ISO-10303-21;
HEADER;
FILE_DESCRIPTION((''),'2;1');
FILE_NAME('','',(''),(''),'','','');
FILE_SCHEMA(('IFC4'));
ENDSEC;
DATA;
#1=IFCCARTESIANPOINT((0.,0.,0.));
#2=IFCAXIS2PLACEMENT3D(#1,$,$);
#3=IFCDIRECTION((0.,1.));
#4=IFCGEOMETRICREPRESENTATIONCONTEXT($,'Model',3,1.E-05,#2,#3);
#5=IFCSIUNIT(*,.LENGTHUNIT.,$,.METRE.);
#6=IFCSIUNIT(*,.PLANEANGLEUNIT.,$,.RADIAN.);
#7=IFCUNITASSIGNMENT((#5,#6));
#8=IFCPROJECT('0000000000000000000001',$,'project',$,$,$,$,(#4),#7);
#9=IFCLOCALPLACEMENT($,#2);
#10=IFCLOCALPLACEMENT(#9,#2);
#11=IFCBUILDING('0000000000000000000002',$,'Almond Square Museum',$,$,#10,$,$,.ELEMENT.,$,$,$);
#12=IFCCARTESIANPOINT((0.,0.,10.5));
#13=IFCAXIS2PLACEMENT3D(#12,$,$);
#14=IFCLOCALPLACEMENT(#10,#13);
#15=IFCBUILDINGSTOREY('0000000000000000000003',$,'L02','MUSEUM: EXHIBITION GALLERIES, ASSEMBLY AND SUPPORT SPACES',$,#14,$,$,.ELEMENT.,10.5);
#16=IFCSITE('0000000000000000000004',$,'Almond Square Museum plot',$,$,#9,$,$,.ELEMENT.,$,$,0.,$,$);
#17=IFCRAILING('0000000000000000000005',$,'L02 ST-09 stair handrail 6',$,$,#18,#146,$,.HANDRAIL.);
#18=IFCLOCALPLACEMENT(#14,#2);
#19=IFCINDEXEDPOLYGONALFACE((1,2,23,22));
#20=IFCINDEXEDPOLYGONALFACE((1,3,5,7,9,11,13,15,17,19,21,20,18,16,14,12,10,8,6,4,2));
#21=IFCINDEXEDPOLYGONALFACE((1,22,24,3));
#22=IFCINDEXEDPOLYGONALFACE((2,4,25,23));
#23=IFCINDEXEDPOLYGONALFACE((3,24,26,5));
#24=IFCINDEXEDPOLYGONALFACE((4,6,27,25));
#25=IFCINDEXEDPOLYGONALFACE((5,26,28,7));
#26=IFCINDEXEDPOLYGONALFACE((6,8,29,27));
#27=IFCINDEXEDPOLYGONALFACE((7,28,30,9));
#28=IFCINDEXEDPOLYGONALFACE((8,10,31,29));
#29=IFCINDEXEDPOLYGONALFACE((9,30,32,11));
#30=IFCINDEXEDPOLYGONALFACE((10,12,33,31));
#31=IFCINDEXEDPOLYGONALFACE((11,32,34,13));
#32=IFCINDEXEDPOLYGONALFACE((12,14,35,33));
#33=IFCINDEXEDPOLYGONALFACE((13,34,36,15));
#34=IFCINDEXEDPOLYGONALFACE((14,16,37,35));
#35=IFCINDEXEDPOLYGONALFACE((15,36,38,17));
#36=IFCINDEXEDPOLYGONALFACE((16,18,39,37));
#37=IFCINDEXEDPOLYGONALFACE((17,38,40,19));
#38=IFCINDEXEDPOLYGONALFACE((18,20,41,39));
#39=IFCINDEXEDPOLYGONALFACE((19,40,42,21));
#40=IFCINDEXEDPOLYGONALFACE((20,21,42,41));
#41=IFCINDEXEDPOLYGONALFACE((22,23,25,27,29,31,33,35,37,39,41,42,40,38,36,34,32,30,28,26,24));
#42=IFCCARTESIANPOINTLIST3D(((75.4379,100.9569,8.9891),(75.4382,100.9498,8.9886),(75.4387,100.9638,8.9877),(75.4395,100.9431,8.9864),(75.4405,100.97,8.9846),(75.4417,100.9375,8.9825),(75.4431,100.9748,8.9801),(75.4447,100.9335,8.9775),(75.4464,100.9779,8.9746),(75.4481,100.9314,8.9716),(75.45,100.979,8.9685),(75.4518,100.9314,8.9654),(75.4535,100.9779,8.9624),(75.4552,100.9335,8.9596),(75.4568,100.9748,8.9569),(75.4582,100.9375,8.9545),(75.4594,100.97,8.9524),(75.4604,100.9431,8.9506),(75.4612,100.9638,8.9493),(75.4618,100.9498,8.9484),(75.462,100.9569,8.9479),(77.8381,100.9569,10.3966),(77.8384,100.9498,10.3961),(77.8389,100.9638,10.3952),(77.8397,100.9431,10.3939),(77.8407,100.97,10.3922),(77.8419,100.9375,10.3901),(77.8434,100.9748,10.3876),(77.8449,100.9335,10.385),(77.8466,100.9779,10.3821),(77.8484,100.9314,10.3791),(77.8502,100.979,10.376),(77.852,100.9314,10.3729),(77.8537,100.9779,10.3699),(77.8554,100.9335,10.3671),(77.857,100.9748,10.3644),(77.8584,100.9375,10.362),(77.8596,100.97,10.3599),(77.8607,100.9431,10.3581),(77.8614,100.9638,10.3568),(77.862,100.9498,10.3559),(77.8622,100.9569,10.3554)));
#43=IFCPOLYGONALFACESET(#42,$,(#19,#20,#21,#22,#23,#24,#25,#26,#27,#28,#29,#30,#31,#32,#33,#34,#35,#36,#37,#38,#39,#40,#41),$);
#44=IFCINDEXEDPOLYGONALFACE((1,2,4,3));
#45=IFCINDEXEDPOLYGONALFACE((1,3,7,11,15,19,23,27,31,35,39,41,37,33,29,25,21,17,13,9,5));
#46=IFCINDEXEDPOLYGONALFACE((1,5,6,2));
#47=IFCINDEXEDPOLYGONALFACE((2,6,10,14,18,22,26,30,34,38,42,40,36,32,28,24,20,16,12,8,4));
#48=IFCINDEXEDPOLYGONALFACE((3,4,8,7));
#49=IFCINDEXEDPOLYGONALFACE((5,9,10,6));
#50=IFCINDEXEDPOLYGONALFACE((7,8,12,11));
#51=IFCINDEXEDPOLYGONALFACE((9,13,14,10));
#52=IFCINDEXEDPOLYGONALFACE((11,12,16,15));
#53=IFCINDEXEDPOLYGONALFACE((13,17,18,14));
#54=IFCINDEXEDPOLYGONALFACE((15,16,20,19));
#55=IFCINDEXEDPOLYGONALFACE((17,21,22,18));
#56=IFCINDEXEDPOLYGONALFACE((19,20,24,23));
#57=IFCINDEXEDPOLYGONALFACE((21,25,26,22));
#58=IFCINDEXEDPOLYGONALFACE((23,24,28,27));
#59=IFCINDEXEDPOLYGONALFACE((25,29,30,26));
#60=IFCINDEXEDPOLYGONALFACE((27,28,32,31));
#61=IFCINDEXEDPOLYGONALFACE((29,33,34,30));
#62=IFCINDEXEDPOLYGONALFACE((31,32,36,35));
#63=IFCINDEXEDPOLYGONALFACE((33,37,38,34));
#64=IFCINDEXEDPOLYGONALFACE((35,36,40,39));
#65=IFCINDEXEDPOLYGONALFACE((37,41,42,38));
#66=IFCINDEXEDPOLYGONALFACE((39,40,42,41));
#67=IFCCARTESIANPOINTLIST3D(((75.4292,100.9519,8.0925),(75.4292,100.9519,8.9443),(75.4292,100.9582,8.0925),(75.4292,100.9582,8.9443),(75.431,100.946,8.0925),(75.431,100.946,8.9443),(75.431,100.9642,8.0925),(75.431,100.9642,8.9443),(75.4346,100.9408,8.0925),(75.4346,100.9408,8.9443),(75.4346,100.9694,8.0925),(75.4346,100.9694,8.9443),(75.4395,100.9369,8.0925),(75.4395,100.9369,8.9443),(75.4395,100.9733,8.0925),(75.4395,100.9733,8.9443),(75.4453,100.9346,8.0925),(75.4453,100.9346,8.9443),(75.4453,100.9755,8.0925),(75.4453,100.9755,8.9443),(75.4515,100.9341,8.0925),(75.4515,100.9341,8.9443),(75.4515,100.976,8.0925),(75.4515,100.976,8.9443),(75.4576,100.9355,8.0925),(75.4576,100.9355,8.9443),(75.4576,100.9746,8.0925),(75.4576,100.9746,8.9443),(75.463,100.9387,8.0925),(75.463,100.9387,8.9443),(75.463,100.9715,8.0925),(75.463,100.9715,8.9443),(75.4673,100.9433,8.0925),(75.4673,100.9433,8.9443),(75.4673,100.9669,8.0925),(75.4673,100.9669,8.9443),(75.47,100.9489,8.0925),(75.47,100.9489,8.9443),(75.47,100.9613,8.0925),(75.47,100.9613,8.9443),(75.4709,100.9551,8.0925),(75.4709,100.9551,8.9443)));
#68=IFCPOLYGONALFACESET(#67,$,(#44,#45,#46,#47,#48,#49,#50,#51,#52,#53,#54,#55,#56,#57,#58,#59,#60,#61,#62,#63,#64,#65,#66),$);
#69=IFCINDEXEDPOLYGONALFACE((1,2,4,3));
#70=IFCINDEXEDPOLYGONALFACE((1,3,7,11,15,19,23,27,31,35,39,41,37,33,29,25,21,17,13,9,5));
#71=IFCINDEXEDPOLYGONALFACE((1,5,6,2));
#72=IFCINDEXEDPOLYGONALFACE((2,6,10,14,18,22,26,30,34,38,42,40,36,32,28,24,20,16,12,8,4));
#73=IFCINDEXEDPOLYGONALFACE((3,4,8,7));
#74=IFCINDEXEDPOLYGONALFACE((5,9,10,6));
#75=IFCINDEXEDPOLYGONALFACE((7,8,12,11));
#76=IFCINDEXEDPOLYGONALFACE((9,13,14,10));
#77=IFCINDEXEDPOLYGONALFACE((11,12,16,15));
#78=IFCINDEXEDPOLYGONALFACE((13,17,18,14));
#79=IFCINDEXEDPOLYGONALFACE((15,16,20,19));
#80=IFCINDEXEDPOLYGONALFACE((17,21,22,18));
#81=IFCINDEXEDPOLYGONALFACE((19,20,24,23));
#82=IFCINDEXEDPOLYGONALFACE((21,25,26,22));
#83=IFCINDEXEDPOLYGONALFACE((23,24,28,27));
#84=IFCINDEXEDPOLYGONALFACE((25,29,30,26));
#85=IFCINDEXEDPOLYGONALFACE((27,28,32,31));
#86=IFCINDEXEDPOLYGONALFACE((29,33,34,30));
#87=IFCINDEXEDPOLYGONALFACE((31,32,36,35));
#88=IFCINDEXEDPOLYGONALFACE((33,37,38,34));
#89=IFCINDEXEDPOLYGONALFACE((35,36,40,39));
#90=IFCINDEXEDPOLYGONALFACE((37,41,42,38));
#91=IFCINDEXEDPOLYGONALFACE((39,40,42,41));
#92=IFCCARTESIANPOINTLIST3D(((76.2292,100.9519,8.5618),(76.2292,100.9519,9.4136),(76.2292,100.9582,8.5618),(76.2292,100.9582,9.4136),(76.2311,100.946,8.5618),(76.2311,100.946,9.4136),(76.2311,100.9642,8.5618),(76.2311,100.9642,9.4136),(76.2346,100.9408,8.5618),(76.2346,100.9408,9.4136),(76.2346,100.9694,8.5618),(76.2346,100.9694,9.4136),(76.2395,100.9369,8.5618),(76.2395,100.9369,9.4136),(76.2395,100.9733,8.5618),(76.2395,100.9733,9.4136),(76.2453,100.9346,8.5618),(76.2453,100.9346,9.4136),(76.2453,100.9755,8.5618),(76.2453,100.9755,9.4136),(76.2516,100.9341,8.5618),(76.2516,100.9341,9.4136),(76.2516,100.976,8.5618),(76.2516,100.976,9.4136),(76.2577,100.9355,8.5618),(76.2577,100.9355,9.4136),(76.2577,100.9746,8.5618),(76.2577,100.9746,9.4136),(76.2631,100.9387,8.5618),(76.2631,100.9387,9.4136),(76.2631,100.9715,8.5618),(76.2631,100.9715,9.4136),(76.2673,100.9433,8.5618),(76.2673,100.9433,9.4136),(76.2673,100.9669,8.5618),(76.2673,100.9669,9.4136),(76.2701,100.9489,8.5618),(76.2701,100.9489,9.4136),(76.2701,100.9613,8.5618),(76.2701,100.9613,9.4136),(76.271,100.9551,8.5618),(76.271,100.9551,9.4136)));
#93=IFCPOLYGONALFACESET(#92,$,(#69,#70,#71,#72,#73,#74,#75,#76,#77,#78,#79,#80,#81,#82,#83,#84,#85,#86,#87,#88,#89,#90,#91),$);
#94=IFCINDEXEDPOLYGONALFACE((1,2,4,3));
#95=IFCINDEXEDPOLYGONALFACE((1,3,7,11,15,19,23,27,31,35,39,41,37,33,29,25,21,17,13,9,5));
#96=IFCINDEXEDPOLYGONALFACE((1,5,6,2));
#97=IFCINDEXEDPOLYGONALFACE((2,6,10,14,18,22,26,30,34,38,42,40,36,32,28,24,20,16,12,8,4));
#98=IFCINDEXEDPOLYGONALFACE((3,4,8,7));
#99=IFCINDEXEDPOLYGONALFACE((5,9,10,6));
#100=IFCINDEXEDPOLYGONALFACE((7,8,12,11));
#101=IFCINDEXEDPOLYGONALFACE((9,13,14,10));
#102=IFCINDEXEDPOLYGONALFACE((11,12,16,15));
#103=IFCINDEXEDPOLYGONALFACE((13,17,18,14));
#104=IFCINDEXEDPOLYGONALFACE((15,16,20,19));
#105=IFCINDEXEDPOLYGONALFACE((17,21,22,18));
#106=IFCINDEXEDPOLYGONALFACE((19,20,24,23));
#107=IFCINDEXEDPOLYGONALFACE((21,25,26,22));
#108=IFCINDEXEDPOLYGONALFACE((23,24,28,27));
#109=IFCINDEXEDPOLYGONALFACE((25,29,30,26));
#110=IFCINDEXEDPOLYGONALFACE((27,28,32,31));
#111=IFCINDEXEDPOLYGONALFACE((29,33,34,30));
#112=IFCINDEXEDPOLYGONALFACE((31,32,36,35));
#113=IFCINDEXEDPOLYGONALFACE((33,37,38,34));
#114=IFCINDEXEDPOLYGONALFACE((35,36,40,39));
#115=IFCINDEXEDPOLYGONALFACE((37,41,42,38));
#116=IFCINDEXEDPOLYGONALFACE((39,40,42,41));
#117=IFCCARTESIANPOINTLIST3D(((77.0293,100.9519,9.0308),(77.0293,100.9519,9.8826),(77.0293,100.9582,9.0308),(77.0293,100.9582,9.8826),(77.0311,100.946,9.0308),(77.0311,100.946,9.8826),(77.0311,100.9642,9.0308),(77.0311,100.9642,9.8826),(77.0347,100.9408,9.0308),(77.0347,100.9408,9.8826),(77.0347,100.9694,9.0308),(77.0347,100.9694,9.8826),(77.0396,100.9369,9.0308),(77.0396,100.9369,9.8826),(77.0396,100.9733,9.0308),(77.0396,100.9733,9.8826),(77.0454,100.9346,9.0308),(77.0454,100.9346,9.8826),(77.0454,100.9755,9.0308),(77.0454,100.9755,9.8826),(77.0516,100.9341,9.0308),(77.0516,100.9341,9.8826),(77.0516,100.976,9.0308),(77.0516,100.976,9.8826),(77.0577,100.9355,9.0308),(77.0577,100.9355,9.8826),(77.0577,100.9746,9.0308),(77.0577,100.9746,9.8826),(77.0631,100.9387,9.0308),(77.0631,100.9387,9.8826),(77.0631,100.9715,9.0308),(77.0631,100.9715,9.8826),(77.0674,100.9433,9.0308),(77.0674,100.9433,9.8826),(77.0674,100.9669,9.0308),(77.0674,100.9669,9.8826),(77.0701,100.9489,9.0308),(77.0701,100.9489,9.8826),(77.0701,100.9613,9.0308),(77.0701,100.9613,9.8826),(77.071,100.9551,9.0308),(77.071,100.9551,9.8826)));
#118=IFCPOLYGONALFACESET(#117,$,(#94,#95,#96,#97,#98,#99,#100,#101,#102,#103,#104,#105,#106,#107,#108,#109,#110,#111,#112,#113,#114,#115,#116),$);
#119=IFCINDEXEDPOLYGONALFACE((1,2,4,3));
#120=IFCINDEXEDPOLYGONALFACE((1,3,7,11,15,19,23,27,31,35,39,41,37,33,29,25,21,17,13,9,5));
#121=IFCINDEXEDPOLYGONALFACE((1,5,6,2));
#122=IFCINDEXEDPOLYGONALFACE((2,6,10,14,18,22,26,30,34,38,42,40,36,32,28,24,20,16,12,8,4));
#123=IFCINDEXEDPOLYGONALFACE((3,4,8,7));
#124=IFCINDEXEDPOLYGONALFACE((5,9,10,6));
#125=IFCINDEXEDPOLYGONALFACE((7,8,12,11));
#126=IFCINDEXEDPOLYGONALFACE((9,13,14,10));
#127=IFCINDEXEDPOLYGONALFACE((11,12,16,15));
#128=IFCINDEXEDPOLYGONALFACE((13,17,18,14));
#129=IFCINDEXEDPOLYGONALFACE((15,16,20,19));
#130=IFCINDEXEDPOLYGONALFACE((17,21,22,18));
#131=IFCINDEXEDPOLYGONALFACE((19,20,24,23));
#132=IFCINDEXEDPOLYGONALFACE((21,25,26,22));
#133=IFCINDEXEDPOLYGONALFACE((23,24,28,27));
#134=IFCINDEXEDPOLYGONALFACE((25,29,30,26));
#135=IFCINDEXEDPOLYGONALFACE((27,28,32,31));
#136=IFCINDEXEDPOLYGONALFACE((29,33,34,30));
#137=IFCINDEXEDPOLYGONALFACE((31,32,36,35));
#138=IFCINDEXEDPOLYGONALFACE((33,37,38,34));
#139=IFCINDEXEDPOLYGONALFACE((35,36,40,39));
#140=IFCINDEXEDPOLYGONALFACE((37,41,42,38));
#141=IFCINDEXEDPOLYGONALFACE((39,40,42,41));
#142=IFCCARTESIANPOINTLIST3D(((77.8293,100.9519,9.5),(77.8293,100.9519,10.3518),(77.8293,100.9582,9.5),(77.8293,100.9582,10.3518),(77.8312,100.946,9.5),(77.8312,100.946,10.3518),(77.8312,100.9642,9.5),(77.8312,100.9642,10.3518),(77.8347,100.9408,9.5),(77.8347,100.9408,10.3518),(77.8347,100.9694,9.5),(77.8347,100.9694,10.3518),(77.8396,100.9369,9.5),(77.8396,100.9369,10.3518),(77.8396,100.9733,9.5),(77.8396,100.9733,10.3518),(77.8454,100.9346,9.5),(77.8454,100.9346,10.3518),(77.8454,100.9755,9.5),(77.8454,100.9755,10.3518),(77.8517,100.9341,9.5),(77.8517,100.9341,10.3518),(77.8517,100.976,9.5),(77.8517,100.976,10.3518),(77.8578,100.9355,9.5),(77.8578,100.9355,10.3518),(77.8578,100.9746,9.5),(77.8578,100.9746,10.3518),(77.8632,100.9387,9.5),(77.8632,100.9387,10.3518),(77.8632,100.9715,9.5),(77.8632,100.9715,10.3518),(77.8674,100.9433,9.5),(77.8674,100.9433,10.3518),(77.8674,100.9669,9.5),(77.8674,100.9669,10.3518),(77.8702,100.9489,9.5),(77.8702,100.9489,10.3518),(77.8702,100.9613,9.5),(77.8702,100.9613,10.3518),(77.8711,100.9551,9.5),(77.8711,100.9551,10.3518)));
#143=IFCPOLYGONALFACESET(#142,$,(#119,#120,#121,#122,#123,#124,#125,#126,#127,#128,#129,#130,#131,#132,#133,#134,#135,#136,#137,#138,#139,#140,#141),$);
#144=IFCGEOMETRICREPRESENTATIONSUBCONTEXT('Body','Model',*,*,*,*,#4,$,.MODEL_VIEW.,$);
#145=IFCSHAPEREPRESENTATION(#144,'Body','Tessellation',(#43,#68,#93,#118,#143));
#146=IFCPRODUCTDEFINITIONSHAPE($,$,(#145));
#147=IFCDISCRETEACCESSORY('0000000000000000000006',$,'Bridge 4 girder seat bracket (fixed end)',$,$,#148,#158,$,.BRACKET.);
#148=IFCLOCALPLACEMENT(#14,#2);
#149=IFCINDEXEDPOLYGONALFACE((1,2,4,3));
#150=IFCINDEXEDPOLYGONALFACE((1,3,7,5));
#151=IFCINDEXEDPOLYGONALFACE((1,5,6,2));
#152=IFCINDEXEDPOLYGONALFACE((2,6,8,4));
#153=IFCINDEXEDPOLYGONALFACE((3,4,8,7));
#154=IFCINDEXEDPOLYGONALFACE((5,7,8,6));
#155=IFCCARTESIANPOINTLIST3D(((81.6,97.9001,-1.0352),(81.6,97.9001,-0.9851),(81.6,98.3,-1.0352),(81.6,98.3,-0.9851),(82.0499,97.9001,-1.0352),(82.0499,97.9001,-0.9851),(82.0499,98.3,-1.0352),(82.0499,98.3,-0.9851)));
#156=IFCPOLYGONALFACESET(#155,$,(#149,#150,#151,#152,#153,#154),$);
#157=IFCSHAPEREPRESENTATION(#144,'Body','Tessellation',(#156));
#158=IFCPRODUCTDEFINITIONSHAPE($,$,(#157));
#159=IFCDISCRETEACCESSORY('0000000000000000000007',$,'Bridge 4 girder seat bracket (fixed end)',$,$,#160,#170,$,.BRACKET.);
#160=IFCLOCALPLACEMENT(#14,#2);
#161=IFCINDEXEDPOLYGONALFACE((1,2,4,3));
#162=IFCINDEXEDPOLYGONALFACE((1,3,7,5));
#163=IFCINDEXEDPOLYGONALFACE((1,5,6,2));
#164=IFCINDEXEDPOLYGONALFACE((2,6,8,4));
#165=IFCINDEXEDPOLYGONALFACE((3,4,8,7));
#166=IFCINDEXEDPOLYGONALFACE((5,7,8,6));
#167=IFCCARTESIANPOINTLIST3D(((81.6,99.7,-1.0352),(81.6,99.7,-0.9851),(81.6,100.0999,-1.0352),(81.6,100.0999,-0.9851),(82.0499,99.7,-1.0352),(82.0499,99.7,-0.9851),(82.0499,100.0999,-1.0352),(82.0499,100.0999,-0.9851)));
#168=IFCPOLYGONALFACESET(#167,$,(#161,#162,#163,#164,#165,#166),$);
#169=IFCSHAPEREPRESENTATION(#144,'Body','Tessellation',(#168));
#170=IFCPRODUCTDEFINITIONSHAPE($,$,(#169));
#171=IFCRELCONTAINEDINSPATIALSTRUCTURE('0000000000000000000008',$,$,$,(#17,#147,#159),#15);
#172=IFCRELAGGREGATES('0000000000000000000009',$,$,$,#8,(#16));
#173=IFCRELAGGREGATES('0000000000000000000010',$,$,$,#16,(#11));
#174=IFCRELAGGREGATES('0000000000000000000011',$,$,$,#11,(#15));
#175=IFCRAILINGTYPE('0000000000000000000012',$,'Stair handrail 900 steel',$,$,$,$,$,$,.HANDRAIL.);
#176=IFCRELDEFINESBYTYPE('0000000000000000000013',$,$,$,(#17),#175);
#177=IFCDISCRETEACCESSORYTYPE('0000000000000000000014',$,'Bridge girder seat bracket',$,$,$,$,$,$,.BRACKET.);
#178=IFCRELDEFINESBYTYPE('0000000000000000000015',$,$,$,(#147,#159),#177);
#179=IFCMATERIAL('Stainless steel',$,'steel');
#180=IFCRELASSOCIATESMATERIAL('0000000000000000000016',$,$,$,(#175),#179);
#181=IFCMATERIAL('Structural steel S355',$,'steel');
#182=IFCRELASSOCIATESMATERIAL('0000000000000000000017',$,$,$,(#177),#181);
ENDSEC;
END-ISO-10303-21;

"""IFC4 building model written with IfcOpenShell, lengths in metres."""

from ifc_helpers import new_model, si_unit, direction, frame, origin, origin_2d, place, context, subcontext, project, spatial, rectangle, circle, extrude, material, type_object, element, save


model = new_model("IFC4")

# Units and contexts
model_context = context("Model", 3, precision=1e-05, world=origin(), true_north=direction((0.0, 1.0)))
body_context = subcontext(model_context, "Body", "Model", "MODEL_VIEW")
ifc_project = project(units=[si_unit("LENGTHUNIT", "METRE"), si_unit("PLANEANGLEUNIT", "RADIAN")], contexts=[model_context])

# Site, building, storey
site_placement = place(None, origin())
site = spatial("IfcSite", under=ifc_project, at=site_placement, Name="Almond Square Museum plot", CompositionType="ELEMENT", RefElevation=0.0)
building_placement = place(site_placement, origin())
building = spatial("IfcBuilding", under=site, at=building_placement, Name="Almond Square Museum", CompositionType="ELEMENT")
storey_placement = place(building_placement, frame((0.0, 0.0, 10.5)))
storey = spatial("IfcBuildingStorey", under=building, at=storey_placement, Name="L02", Description="MUSEUM: EXHIBITION GALLERIES, ASSEMBLY AND SUPPORT SPACES", CompositionType="ELEMENT", Elevation=10.5)

# Railing
ifc_material_1 = material(Name="Stainless steel", Category="steel")
railing_type_1 = type_object("IfcRailingType", Name="Stair handrail 900 steel", PredefinedType="HANDRAIL", material=ifc_material_1)
railing_1_placement = place(storey_placement, frame((75.45, 100.9551, 8.0925)))
element("IfcRailing", 1, at=railing_1_placement, inside=storey, type_object=railing_type_1, Name="L02 ST-09 stair handrail 6", PredefinedType="HANDRAIL", context=body_context, shape_type="SweptSolid", body=[
    extrude(circle(Radius=0.0239, at=origin_2d()), frame((0.0, 0.0, 0.876), z_axis=(0.862621, 0.0, 0.50585), x_axis=(0.0, 1.0, 0.0)), (0.0, 0.0, 1.0), 2.7825),
    extrude(circle(Radius=0.021, at=origin_2d()), origin(), (0.0, 0.0, 1.0), 0.8518),
    extrude(circle(Radius=0.021, at=origin_2d()), frame((0.8, 0.0, 0.4692)), (0.0, 0.0, 1.0), 0.8518),
    extrude(circle(Radius=0.021, at=origin_2d()), frame((1.6001, 0.0, 0.9382)), (0.0, 0.0, 1.0), 0.8518),
    extrude(circle(Radius=0.021, at=origin_2d()), frame((2.4001, 0.0, 1.4075)), (0.0, 0.0, 1.0), 0.8518),
])

# Discrete accessories
ifc_material_2 = material(Name="Structural steel S355", Category="steel")
discrete_accessory_type = type_object("IfcDiscreteAccessoryType", Name="Bridge girder seat bracket", PredefinedType="BRACKET", material=ifc_material_2)
for number, where, z_axis, x_axis, name in (
    (2, (81.825, 98.1001, -1.0352), (0.0, 0.0, 1.0), (1.0, 0.0, 0.0), "Bridge 4 girder seat bracket (fixed end)"),
    (3, (81.825, 99.8999, -1.0352), (0.0, 0.0, 1.0), (1.0, 0.0, 0.0), "Bridge 4 girder seat bracket (fixed end)"),
):
    element("IfcDiscreteAccessory", number, at=place(storey_placement, frame(where, z_axis=z_axis, x_axis=x_axis)), inside=storey, type_object=discrete_accessory_type, Name=name, PredefinedType="BRACKET", context=body_context, shape_type="SweptSolid", body=[
        extrude(rectangle(XDim=0.45, YDim=0.3999, at=origin_2d()), origin(), (0.0, 0.0, 1.0), 0.05),
    ])

save(model, "model.ifc")
